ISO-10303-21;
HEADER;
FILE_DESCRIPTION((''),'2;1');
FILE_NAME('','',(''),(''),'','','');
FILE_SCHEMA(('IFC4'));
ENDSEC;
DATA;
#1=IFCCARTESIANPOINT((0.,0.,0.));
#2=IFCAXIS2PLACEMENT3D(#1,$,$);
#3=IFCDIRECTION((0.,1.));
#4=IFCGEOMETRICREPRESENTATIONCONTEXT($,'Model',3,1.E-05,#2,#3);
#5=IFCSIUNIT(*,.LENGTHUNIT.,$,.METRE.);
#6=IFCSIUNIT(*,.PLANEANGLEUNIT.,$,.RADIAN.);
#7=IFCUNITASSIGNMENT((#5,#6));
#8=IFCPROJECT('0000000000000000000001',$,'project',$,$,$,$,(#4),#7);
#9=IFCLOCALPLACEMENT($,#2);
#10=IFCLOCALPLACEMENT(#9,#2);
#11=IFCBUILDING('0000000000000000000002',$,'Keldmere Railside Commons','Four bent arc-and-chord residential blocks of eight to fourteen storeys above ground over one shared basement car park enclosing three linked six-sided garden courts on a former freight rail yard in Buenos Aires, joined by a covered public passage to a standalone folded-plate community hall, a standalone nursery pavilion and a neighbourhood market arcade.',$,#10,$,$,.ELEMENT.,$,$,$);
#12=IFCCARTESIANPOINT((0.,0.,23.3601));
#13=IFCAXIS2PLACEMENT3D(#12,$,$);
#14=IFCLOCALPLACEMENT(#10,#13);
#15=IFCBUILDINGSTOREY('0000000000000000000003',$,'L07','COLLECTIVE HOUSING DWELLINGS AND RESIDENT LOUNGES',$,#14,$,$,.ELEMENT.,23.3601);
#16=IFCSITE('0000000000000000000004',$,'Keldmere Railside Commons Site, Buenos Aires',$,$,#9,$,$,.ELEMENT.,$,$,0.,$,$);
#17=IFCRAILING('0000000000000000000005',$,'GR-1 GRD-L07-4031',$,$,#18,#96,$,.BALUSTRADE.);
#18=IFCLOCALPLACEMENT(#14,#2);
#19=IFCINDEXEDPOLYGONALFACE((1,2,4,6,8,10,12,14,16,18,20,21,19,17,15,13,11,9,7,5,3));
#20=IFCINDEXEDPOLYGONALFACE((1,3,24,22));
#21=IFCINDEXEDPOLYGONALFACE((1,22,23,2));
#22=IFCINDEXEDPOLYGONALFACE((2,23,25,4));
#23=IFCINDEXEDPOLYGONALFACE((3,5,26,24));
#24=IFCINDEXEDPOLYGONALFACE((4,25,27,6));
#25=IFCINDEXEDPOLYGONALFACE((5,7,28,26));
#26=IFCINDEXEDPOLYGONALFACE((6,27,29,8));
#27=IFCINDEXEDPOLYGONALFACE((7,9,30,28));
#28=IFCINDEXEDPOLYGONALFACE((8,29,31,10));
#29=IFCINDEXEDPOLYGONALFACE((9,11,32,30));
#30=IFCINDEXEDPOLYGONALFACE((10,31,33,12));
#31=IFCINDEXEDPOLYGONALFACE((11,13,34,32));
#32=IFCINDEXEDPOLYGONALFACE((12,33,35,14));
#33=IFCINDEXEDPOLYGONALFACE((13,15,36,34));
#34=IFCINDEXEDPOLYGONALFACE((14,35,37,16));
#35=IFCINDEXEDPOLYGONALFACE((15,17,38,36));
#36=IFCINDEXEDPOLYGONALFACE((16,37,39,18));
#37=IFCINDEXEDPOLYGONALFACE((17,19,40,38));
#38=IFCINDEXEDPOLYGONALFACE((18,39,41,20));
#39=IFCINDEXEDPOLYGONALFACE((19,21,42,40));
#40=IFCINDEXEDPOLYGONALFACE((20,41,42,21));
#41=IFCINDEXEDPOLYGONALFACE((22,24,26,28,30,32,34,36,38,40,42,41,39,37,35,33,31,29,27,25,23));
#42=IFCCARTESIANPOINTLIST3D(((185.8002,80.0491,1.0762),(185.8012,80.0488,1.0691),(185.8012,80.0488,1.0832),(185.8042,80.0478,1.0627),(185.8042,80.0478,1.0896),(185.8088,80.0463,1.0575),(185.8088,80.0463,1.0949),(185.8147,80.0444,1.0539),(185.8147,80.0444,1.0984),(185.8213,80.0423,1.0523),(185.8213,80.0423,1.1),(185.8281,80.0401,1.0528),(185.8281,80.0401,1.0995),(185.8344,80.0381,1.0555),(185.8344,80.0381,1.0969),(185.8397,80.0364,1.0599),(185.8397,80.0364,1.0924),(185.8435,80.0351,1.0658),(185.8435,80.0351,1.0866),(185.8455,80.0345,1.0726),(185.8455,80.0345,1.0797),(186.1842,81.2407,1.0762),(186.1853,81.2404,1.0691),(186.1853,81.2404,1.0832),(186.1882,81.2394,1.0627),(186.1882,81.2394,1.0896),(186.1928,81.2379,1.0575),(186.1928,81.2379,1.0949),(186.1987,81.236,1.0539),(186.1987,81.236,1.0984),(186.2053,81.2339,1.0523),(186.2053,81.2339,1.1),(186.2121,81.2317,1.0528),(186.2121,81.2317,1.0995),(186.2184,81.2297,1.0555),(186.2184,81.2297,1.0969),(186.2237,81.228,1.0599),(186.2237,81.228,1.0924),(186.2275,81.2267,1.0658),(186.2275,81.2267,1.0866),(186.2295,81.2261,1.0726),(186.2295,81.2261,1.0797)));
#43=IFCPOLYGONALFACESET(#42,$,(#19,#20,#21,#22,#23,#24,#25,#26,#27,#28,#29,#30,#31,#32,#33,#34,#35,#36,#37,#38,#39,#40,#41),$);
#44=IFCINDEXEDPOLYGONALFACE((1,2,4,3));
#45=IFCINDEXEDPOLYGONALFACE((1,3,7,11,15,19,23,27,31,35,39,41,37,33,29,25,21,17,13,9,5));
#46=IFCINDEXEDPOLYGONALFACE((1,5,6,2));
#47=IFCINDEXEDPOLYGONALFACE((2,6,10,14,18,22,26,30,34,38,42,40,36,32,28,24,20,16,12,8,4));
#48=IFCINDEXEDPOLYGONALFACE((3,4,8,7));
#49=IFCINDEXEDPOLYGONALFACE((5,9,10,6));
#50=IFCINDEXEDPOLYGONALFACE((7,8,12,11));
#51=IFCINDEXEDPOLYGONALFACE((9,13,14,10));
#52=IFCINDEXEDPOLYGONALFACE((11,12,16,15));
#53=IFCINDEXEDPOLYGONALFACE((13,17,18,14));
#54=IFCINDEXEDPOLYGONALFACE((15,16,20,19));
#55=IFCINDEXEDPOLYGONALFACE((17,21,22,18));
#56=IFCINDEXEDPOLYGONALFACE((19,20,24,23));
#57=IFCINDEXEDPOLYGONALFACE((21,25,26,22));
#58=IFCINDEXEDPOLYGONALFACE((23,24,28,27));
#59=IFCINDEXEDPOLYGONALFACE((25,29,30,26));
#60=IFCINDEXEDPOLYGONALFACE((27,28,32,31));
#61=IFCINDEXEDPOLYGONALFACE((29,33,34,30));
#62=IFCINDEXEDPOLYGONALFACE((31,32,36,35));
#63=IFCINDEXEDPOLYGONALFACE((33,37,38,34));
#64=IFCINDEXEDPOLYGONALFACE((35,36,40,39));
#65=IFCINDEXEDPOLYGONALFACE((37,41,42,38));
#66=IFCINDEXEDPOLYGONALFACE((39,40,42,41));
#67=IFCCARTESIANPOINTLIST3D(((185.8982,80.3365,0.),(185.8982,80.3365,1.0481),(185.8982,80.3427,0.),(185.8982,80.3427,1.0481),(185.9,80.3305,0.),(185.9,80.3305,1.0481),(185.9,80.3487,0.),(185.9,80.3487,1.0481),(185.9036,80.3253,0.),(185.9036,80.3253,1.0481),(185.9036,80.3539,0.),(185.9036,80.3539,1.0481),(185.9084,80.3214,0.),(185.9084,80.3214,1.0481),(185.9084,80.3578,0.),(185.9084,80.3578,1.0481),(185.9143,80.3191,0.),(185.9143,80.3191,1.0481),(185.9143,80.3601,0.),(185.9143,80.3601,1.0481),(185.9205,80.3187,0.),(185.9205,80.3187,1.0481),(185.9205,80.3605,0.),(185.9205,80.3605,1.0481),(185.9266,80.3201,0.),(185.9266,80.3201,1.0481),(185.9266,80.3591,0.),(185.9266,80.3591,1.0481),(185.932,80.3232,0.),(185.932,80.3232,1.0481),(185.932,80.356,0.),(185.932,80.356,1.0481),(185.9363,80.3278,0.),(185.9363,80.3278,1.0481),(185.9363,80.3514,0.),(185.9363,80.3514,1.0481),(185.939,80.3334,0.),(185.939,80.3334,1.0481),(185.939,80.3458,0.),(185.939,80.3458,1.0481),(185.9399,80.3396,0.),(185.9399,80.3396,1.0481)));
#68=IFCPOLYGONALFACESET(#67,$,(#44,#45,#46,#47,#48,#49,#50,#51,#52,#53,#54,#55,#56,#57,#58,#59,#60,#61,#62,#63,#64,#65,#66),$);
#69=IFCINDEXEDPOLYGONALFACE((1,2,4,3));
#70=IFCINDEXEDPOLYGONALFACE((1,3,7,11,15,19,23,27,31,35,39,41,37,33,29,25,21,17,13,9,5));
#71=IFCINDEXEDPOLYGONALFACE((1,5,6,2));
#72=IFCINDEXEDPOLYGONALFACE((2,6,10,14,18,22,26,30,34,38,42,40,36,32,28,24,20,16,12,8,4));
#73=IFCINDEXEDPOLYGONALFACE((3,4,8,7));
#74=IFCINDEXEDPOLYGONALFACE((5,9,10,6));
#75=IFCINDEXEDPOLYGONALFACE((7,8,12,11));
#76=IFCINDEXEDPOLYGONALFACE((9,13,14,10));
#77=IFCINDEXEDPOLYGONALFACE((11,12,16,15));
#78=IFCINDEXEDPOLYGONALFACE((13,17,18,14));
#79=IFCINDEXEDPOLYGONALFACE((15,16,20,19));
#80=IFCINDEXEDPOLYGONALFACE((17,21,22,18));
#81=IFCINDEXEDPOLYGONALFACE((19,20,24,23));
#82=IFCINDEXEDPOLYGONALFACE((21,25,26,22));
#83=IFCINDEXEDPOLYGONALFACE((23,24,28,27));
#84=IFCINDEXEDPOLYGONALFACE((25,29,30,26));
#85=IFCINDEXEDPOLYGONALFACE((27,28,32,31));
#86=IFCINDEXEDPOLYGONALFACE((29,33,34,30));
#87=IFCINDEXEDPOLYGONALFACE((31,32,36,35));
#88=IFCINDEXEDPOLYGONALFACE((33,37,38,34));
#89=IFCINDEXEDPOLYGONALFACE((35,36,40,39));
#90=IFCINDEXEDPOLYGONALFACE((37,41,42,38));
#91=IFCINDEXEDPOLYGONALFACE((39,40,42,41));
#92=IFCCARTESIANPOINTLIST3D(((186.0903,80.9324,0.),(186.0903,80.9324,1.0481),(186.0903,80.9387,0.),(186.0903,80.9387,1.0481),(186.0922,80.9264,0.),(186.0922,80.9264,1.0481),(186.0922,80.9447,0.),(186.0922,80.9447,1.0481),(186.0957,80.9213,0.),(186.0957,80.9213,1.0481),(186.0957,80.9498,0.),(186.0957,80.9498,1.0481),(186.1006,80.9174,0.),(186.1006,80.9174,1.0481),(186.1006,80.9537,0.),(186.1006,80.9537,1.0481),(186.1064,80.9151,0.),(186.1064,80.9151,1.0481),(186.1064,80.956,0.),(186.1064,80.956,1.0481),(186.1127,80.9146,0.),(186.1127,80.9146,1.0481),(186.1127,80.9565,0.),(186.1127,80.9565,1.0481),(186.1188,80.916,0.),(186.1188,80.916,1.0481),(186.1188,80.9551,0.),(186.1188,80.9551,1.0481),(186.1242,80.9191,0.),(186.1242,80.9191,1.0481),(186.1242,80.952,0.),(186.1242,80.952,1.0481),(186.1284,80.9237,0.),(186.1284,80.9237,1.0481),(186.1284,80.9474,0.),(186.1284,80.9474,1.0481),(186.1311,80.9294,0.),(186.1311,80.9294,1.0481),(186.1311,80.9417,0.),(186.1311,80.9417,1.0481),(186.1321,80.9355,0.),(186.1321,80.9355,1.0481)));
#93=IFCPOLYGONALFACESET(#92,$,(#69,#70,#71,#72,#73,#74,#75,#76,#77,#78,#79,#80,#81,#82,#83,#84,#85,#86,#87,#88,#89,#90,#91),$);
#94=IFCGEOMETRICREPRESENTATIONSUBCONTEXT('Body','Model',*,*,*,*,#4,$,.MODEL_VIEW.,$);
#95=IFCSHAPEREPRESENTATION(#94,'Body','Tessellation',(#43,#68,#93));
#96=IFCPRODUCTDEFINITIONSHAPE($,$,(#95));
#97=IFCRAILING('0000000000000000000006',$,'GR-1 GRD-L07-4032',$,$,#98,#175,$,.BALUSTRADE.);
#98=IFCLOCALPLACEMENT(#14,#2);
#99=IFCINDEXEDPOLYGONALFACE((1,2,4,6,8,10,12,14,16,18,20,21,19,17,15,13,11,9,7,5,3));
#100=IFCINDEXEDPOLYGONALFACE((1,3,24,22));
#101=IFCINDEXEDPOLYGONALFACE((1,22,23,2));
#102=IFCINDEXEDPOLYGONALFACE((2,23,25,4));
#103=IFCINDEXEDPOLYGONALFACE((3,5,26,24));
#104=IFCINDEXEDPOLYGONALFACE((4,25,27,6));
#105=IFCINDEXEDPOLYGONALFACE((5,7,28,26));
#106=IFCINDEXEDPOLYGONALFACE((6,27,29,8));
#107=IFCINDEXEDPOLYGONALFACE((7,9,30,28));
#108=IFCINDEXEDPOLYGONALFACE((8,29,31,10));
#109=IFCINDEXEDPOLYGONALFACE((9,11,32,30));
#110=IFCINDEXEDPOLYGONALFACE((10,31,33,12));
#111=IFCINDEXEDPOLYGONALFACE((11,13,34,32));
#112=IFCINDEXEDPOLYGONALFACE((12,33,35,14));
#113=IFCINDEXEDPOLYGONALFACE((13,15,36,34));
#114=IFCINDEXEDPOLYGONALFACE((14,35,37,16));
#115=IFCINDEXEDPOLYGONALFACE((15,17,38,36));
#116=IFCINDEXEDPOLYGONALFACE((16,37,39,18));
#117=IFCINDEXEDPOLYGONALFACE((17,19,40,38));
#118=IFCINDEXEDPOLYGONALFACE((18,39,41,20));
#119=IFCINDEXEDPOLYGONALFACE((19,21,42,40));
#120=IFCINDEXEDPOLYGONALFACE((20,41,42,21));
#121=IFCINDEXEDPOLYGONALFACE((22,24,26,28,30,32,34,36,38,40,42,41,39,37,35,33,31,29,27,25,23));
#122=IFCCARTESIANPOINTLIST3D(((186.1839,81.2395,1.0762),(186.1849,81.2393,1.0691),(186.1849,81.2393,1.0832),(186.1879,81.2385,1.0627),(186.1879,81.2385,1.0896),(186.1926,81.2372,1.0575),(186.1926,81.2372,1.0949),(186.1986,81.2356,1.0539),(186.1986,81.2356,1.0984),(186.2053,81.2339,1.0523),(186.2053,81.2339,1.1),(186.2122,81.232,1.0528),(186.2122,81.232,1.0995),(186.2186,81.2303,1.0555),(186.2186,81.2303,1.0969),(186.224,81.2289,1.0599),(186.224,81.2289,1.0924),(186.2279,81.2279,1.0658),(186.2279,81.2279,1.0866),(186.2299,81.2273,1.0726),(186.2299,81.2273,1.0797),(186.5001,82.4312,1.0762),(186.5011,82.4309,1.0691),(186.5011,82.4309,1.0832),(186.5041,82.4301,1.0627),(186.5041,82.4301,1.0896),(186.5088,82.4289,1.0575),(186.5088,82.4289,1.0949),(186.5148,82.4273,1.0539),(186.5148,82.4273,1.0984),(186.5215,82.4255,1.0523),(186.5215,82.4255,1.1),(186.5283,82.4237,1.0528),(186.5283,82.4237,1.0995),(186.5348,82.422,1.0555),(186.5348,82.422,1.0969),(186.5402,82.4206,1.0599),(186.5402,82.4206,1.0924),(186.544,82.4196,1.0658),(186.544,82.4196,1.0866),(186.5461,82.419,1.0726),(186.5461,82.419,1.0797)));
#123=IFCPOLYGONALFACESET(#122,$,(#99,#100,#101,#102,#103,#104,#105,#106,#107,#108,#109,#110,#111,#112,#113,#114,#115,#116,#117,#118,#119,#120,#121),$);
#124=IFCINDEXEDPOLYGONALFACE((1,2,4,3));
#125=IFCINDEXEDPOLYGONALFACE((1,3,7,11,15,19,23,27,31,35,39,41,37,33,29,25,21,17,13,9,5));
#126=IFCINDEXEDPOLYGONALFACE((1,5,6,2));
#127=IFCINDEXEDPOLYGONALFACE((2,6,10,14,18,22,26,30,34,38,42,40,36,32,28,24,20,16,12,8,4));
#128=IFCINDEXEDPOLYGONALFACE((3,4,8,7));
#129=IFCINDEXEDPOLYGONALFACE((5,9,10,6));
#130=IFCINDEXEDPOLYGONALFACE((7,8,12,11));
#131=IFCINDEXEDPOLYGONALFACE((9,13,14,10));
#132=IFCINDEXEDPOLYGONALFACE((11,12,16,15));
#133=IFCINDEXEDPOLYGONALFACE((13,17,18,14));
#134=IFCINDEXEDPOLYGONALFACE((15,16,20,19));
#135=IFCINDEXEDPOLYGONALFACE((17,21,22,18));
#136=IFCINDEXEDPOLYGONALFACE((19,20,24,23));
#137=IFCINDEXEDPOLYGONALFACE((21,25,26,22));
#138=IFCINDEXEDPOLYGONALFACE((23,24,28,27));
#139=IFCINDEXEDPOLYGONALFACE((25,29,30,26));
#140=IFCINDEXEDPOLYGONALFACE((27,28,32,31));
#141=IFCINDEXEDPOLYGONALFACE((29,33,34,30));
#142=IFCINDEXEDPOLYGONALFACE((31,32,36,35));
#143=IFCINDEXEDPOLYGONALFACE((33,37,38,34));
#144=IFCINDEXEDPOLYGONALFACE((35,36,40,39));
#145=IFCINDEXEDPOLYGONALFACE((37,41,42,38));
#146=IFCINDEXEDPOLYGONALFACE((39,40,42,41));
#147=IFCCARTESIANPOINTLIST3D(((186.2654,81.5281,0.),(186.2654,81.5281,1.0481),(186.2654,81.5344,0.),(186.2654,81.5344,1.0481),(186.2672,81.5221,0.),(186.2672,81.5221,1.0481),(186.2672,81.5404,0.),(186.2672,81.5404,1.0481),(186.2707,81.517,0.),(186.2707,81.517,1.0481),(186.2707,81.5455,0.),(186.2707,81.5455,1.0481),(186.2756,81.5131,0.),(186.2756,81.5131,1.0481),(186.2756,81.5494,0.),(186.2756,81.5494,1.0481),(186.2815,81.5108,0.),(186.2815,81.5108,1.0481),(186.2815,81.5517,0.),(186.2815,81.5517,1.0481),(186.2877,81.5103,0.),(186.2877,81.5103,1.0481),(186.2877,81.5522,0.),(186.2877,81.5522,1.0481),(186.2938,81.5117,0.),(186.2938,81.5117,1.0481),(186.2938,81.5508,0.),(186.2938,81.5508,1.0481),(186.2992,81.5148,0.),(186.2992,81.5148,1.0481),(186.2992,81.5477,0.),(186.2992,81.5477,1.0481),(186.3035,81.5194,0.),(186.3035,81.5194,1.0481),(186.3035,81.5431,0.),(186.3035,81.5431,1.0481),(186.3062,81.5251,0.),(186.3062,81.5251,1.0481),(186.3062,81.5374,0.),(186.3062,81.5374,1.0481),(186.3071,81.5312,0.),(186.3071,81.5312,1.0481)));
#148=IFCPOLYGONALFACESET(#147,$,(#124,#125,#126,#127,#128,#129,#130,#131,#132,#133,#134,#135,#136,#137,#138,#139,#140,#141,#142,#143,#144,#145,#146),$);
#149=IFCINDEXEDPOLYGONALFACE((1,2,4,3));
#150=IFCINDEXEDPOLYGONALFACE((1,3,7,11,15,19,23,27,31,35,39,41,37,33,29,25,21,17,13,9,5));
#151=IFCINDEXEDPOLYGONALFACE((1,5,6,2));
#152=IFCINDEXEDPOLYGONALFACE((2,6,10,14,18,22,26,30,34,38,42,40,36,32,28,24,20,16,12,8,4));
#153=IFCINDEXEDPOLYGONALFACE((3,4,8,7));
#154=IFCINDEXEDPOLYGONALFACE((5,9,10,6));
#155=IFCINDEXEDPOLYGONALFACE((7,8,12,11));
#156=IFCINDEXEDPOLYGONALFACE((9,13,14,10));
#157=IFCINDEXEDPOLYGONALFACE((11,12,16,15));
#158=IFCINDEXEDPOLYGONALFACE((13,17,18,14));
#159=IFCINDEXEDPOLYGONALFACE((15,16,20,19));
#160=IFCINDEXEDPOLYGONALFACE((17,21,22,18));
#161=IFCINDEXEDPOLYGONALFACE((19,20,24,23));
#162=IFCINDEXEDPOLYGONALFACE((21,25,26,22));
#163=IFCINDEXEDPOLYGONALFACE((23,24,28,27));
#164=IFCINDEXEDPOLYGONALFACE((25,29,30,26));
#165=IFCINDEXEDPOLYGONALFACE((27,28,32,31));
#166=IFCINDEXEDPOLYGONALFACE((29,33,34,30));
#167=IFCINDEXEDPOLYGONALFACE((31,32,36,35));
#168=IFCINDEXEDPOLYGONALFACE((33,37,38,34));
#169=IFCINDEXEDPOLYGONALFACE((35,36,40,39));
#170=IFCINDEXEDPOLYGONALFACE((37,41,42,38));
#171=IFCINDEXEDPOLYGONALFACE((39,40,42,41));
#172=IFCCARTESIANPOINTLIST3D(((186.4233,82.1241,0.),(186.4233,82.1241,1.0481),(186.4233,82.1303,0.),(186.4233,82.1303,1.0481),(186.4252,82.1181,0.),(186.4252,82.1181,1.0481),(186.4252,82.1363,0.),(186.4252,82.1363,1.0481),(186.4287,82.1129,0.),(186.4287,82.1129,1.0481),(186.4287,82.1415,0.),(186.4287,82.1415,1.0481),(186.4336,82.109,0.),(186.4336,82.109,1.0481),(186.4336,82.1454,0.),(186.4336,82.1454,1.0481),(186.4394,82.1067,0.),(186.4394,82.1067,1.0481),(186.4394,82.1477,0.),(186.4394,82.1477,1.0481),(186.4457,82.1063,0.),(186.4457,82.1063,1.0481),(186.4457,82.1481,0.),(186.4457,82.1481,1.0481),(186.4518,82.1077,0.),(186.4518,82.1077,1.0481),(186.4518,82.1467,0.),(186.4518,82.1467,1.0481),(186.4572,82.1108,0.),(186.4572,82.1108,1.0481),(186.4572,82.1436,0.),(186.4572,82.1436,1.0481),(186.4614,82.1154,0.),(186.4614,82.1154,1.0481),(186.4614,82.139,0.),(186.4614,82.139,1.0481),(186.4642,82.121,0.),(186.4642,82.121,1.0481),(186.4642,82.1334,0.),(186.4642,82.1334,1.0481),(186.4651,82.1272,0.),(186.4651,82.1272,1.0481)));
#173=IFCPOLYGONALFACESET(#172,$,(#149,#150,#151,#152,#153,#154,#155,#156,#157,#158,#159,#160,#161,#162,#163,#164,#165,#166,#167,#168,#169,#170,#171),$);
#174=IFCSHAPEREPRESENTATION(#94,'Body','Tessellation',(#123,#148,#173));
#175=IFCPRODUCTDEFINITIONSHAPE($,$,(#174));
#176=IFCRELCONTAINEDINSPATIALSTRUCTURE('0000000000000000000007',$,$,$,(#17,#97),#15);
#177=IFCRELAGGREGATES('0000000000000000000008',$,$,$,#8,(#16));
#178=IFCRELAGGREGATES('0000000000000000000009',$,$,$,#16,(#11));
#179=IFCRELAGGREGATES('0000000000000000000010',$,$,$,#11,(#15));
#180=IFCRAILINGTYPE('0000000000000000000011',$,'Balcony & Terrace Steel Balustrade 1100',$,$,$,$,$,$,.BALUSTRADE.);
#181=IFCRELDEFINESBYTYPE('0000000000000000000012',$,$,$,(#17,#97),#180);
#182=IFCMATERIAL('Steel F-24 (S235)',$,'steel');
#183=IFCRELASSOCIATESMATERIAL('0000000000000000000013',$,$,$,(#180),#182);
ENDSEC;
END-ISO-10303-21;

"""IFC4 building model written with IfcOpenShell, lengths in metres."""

from ifc_helpers import new_model, si_unit, direction, frame, origin, origin_2d, place, context, subcontext, project, spatial, circle, extrude, material, type_object, element, save


model = new_model("IFC4")

# Units and contexts
model_context = context("Model", 3, precision=1e-05, world=origin(), true_north=direction((0.0, 1.0)))
body_context = subcontext(model_context, "Body", "Model", "MODEL_VIEW")
ifc_project = project(units=[si_unit("LENGTHUNIT", "METRE"), si_unit("PLANEANGLEUNIT", "RADIAN")], contexts=[model_context])

# Site, building, storey
site_placement = place(None, origin())
site = spatial("IfcSite", under=ifc_project, at=site_placement, Name="Keldmere Railside Commons Site, Buenos Aires", CompositionType="ELEMENT", RefElevation=0.0)
building_placement = place(site_placement, origin())
building = spatial("IfcBuilding", under=site, at=building_placement, Name="Keldmere Railside Commons", Description="Four bent arc-and-chord residential blocks of eight to fourteen storeys above ground over one shared basement car park enclosing three linked six-sided garden courts on a former freight rail yard in Buenos Aires, joined by a covered public passage to a standalone folded-plate community hall, a standalone nursery pavilion and a neighbourhood market arcade.", CompositionType="ELEMENT")
storey_placement = place(building_placement, frame((0.0, 0.0, 23.3601)))
storey = spatial("IfcBuildingStorey", under=building, at=storey_placement, Name="L07", Description="COLLECTIVE HOUSING DWELLINGS AND RESIDENT LOUNGES", CompositionType="ELEMENT", Elevation=23.3601)

# Shared definitions
ifc_material_1 = material(Name="Steel F-24 (S235)", Category="steel")

# Railings
railing_type = type_object("IfcRailingType", Name="Balcony & Terrace Steel Balustrade 1100", PredefinedType="BALUSTRADE", material=ifc_material_1)
railing_1_placement = place(storey_placement, frame((185.823, 80.0417, 0.0)))
element("IfcRailing", 1, at=railing_1_placement, inside=storey, type_object=railing_type, Name="GR-1 GRD-L07-4031", PredefinedType="BALUSTRADE", context=body_context, shape_type="SweptSolid", body=[
    extrude(circle(Radius=0.0239, at=origin_2d()), frame((0.0, 0.0, 1.0762), z_axis=(0.306735, 0.951795, 0.0), x_axis=(-0.951795, 0.306735, 0.0)), (0.0, 0.0, 1.0), 1.252),
    extrude(circle(Radius=0.021, at=origin_2d()), frame((0.0959, 0.2979, 0.0)), (0.0, 0.0, 1.0), 1.0481),
    extrude(circle(Radius=0.021, at=origin_2d()), frame((0.2881, 0.8938, 0.0)), (0.0, 0.0, 1.0), 1.0481),
])
railing_2_placement = place(storey_placement, frame((186.207, 81.2334, 0.0)))
element("IfcRailing", 2, at=railing_2_placement, inside=storey, type_object=railing_type, Name="GR-1 GRD-L07-4032", PredefinedType="BALUSTRADE", context=body_context, shape_type="SweptSolid", body=[
    extrude(circle(Radius=0.0239, at=origin_2d()), frame((0.0, 0.0, 1.0762), z_axis=(0.256442, 0.96656, 0.0), x_axis=(-0.96656, 0.256442, 0.0)), (0.0, 0.0, 1.0), 1.2329),
    extrude(circle(Radius=0.021, at=origin_2d()), frame((0.0791, 0.2979, 0.0)), (0.0, 0.0, 1.0), 1.0481),
    extrude(circle(Radius=0.021, at=origin_2d()), frame((0.2371, 0.8938, 0.0)), (0.0, 0.0, 1.0), 1.0481),
])

save(model, "model.ifc")
